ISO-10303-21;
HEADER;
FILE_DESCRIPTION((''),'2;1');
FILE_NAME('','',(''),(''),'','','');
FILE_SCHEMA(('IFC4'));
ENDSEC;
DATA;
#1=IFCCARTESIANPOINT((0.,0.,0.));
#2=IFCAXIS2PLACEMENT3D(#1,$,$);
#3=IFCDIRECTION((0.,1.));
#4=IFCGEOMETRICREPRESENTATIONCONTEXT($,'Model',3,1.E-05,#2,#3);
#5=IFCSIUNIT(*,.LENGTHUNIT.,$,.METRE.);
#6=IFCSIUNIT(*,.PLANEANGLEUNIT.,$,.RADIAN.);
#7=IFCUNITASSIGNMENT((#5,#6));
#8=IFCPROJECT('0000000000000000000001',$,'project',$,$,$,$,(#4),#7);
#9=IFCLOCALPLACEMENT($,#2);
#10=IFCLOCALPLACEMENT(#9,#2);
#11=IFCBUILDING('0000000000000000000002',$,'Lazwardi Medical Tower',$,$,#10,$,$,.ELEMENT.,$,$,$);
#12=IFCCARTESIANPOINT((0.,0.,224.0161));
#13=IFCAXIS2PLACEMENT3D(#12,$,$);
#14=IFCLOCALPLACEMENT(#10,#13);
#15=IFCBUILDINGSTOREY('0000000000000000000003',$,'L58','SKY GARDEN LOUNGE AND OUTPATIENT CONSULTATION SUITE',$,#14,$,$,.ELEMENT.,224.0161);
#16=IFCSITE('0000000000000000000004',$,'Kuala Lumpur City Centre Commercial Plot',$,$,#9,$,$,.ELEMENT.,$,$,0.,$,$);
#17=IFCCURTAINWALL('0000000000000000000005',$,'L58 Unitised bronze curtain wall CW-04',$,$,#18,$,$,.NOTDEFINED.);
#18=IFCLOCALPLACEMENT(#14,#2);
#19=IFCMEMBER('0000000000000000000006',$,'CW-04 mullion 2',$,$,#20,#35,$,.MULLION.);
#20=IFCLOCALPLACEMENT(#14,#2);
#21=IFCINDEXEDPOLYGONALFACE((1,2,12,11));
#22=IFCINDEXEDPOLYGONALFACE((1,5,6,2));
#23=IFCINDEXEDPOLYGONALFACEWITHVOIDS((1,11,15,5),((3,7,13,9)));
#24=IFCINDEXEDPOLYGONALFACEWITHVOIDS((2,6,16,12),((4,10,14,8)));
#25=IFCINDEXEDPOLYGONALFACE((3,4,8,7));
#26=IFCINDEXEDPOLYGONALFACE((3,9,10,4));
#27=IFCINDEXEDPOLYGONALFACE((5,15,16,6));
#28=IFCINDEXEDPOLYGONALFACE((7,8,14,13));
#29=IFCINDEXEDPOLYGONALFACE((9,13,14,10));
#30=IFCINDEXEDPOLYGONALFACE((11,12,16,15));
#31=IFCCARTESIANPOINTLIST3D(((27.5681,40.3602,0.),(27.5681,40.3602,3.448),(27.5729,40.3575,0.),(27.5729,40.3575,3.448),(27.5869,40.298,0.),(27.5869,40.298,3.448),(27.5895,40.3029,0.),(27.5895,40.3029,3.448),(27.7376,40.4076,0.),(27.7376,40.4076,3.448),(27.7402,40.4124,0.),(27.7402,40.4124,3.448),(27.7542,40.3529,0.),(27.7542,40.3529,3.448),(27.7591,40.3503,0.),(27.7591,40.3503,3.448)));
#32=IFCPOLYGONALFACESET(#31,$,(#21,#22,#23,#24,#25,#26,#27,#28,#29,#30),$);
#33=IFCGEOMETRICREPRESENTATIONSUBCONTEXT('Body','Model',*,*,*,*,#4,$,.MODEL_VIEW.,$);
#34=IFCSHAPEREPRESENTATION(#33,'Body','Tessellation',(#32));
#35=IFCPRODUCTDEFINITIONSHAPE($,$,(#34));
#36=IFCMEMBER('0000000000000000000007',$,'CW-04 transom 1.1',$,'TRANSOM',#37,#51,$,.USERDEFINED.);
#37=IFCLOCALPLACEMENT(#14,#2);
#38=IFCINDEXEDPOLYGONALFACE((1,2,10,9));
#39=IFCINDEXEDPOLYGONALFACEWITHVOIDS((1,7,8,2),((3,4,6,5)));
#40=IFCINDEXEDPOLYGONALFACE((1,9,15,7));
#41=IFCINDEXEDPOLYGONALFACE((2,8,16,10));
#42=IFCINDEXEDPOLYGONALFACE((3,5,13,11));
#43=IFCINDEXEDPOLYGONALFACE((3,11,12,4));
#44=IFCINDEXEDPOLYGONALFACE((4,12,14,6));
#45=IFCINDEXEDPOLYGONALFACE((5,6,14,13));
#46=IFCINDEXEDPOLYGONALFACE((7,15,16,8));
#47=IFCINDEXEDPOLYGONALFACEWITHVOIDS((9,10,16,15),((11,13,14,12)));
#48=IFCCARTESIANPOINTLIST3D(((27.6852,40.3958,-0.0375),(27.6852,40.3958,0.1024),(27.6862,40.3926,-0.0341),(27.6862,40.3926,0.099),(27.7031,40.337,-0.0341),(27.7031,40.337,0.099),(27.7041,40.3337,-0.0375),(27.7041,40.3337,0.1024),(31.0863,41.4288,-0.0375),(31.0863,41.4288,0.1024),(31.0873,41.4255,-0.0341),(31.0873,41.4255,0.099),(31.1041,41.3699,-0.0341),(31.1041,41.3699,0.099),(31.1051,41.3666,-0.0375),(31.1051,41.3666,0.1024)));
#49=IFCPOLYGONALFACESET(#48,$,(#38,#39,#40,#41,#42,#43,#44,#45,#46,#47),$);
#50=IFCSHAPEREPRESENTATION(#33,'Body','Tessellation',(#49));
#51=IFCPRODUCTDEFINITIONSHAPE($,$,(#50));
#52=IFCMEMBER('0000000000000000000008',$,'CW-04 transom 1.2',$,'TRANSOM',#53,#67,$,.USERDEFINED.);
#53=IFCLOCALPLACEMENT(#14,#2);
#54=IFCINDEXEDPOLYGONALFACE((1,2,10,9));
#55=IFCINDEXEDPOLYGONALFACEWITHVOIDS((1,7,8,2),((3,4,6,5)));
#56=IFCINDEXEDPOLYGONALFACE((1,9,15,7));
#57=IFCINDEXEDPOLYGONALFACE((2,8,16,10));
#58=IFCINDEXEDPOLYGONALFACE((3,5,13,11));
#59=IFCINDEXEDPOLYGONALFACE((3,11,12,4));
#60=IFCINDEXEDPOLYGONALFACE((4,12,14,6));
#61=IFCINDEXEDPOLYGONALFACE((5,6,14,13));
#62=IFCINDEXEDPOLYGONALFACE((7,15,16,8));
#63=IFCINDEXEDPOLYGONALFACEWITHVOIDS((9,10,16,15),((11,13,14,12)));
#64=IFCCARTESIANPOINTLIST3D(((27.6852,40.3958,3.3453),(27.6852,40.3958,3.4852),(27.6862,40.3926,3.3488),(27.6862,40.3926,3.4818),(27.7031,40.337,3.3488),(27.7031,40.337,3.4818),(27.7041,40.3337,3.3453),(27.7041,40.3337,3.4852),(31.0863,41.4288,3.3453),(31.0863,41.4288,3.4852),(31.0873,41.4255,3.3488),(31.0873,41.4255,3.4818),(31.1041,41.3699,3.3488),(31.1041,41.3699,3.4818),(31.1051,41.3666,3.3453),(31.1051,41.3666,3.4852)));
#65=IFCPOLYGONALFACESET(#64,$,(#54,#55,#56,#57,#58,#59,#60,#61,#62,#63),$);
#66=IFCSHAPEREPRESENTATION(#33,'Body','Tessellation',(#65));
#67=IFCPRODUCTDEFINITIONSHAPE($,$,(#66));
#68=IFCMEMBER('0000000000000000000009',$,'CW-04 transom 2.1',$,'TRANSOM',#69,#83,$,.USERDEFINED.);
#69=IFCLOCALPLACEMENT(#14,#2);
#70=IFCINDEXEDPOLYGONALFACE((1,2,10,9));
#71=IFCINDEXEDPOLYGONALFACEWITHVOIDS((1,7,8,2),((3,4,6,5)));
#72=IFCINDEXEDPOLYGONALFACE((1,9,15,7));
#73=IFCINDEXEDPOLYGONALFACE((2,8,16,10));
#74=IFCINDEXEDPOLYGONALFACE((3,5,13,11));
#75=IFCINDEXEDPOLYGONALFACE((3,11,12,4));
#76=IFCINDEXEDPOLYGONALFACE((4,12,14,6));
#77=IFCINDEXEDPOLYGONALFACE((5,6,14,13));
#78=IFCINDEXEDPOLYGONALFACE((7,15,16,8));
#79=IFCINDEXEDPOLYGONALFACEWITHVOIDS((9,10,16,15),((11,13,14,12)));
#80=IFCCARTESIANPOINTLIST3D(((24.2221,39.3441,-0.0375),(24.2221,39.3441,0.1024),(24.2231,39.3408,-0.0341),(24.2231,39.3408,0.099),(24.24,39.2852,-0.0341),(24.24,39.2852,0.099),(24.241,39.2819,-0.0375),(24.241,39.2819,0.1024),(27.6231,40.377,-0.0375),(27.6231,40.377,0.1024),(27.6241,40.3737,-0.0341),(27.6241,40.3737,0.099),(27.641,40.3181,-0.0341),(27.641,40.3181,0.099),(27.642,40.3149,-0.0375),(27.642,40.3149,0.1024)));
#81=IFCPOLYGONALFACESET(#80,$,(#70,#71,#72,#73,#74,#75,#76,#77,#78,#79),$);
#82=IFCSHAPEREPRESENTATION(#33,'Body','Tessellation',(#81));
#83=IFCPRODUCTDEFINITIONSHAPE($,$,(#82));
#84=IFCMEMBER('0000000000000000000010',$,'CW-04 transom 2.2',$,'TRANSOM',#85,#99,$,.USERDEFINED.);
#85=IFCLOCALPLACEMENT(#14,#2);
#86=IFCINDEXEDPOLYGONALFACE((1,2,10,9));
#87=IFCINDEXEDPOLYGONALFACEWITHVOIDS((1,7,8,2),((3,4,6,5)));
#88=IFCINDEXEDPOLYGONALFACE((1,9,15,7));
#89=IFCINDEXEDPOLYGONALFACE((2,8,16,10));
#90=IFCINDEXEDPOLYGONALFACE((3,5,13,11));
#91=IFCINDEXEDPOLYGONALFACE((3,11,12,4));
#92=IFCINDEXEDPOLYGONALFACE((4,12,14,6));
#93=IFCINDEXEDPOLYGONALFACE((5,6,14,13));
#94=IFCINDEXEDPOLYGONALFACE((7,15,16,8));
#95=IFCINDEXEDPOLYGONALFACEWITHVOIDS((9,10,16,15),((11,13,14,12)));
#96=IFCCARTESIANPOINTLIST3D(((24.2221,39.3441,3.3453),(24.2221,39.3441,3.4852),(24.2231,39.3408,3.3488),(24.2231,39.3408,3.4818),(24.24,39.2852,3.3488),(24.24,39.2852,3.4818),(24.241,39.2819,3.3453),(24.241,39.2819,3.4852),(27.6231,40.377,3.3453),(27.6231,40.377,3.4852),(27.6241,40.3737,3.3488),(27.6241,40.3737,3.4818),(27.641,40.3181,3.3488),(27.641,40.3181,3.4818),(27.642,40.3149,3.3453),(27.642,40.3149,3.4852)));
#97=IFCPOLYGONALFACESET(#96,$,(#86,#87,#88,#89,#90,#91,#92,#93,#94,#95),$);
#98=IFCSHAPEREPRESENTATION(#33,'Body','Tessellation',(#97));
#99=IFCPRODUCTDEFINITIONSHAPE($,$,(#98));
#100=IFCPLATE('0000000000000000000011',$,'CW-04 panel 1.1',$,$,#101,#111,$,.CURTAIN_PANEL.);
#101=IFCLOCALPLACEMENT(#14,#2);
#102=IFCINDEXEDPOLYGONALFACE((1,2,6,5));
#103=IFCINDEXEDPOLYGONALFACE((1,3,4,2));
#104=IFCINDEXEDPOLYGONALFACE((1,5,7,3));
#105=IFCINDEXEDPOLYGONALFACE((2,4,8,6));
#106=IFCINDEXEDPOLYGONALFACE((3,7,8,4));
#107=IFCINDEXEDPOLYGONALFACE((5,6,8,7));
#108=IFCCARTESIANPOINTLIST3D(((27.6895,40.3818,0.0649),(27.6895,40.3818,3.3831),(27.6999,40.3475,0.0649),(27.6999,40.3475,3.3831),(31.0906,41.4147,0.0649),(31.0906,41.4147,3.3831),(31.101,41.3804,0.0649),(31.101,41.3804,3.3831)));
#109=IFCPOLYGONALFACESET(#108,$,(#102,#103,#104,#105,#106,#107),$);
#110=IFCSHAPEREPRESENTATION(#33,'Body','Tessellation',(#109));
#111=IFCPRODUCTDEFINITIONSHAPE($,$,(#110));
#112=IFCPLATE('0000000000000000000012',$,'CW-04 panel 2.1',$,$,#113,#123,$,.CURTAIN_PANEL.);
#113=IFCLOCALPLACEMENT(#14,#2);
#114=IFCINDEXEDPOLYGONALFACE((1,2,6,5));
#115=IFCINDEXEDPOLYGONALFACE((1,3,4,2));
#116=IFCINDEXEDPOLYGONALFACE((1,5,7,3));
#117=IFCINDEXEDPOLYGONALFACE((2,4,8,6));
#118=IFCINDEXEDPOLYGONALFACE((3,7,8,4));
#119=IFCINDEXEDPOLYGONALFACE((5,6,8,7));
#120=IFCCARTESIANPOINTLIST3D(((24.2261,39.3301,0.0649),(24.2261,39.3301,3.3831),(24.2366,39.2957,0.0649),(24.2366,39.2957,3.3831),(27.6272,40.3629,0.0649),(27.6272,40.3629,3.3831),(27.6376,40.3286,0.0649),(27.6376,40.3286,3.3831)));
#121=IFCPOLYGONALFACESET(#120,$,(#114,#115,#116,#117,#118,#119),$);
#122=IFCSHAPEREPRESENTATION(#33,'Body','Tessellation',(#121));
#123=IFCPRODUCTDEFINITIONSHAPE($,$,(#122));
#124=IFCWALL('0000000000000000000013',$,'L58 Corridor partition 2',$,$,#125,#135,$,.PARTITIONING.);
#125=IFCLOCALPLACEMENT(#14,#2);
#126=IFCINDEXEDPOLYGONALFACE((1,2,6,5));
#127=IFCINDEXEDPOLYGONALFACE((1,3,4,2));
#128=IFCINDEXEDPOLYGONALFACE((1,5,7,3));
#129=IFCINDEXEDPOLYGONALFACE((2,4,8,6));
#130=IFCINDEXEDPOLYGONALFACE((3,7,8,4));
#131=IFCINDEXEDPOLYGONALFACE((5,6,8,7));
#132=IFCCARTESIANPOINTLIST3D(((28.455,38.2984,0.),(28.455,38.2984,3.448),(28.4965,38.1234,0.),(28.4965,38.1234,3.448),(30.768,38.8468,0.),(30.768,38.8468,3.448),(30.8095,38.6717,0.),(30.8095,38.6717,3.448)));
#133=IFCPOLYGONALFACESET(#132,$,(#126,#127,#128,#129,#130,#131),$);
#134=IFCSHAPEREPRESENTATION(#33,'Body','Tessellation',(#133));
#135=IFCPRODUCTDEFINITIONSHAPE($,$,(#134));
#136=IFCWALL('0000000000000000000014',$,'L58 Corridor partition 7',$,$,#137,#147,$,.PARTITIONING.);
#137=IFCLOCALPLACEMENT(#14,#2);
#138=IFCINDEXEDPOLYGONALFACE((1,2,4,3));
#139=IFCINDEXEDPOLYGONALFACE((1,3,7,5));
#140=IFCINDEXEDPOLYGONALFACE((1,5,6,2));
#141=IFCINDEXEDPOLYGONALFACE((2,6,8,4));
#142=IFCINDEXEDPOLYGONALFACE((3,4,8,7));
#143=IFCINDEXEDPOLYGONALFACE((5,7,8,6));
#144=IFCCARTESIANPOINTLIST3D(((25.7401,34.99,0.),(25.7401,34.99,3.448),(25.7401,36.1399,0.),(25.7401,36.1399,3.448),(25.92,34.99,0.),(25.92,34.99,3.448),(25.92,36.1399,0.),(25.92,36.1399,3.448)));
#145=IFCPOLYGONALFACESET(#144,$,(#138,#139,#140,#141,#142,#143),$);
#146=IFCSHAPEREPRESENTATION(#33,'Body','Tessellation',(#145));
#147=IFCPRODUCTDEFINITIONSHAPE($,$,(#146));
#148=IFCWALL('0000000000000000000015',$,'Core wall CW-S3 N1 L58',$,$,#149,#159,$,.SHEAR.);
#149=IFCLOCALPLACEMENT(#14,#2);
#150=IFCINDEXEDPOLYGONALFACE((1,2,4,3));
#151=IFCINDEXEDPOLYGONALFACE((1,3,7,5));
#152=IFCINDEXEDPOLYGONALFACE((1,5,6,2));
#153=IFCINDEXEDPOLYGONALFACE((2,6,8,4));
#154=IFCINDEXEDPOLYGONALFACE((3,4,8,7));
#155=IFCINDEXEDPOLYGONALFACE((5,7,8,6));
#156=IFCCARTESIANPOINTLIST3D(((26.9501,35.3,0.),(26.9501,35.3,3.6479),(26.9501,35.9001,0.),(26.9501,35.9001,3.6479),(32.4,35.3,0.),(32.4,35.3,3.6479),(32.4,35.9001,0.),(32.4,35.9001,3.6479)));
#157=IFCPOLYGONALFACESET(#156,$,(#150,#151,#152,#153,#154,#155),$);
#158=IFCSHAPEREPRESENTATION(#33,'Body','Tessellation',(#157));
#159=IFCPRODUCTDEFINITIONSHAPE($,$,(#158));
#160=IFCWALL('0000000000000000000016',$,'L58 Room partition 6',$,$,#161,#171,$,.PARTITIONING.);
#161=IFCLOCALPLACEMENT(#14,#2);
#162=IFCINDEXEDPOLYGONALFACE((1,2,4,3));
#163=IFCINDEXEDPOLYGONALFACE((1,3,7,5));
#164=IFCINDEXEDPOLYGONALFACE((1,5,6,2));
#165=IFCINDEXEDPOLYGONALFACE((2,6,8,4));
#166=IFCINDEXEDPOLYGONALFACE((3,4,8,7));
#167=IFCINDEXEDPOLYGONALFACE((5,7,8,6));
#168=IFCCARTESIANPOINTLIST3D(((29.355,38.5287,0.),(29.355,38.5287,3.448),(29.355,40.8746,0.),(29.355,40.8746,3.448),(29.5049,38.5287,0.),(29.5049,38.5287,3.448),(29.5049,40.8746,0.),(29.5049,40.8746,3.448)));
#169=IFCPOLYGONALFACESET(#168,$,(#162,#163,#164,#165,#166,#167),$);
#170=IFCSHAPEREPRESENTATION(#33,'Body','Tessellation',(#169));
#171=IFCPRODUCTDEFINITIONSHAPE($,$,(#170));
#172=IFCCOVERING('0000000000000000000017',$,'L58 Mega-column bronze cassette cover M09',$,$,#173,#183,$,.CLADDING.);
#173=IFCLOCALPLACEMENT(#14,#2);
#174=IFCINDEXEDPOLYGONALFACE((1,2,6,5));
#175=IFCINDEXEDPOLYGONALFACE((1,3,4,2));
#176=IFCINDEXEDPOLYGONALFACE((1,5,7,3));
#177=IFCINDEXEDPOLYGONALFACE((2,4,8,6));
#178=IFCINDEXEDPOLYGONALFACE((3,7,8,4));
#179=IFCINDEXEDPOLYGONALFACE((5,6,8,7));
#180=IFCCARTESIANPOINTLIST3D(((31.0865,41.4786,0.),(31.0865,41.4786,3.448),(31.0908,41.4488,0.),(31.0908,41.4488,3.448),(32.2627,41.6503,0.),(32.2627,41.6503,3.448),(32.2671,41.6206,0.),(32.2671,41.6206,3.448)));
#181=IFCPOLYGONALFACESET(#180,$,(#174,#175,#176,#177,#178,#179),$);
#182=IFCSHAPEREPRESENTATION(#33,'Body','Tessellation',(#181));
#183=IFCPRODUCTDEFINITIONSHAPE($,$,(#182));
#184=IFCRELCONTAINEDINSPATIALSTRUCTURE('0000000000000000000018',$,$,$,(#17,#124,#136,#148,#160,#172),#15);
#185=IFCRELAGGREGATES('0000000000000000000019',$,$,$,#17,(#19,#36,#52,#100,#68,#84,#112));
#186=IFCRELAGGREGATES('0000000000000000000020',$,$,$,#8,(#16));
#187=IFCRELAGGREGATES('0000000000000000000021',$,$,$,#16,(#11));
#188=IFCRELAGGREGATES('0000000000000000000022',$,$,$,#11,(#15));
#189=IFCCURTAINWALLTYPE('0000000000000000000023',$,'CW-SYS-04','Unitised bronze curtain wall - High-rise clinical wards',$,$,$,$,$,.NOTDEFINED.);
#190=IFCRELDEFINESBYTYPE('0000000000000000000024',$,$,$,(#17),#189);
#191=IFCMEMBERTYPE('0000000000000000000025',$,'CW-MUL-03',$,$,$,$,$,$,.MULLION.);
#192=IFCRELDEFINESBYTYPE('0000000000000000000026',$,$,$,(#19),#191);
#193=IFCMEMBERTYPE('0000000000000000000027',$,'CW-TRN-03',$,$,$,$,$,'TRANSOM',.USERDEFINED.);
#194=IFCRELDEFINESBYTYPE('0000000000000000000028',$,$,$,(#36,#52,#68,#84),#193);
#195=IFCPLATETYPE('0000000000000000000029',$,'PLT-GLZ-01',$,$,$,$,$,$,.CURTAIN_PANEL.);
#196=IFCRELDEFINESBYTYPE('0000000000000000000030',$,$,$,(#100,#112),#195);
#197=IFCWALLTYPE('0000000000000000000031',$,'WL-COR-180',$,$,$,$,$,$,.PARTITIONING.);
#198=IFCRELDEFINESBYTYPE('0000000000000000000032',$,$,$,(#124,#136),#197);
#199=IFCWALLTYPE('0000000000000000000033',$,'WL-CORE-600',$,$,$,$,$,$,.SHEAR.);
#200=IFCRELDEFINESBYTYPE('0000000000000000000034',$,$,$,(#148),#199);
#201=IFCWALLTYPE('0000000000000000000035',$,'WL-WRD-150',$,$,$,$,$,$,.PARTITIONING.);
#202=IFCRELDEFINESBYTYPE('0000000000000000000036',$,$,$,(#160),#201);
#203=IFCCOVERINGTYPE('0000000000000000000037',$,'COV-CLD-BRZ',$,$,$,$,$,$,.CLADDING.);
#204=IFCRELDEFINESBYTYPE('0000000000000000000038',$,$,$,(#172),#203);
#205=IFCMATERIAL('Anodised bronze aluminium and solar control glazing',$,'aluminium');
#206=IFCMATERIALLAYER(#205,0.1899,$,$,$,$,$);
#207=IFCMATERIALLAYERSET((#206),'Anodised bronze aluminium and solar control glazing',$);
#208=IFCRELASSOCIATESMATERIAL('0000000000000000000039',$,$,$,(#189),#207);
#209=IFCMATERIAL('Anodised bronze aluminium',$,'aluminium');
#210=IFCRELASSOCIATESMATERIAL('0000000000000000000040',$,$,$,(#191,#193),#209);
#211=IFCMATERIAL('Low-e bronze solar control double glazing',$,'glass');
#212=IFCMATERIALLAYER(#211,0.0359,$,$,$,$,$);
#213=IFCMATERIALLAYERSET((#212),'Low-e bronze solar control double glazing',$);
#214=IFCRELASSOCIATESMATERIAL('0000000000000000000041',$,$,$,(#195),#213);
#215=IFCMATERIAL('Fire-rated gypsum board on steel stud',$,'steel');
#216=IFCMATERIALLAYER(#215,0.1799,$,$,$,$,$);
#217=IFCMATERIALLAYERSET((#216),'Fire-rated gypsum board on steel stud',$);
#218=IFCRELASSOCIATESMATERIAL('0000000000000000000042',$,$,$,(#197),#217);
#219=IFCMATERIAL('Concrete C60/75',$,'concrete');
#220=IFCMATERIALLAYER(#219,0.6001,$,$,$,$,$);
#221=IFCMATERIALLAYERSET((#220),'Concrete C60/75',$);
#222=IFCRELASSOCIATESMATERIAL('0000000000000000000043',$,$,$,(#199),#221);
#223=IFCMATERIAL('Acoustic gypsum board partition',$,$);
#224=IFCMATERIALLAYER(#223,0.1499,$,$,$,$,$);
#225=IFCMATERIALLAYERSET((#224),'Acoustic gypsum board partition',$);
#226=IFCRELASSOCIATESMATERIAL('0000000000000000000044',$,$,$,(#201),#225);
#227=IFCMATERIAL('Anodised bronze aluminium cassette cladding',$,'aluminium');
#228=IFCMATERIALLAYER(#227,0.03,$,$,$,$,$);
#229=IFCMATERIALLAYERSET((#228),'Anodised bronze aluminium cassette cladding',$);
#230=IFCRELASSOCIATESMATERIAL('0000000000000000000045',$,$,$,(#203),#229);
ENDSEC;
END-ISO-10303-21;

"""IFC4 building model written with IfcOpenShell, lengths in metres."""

from ifc_helpers import new_model, si_unit, direction, frame, frame_2d, origin, origin_2d, place, context, subcontext, project, spatial, rectangle, hollow_rectangle, extrude, material, layer, layer_set, material_profile, profile_set, type_object, element, aggregate, save


model = new_model("IFC4")

# Units and contexts
model_context = context("Model", 3, precision=1e-05, world=origin(), true_north=direction((0.0, 1.0)))
body_context = subcontext(model_context, "Body", "Model", "MODEL_VIEW")
ifc_project = project(units=[si_unit("LENGTHUNIT", "METRE"), si_unit("PLANEANGLEUNIT", "RADIAN")], contexts=[model_context])

# Site, building, storey
site_placement = place(None, origin())
site = spatial("IfcSite", under=ifc_project, at=site_placement, Name="Kuala Lumpur City Centre Commercial Plot", CompositionType="ELEMENT", RefElevation=0.0)
building_placement = place(site_placement, origin())
building = spatial("IfcBuilding", under=site, at=building_placement, Name="Lazwardi Medical Tower", CompositionType="ELEMENT")
storey_placement = place(building_placement, frame((0.0, 0.0, 224.0161)))
storey = spatial("IfcBuildingStorey", under=building, at=storey_placement, Name="L58", Description="SKY GARDEN LOUNGE AND OUTPATIENT CONSULTATION SUITE", CompositionType="ELEMENT", Elevation=224.0161)

# Shared definitions
ifc_material_1 = material(Name="Concrete C60/75", Category="concrete")

# Curtain wall, members, plates
ifc_material_2 = material(Name="Anodised bronze aluminium and solar control glazing", Category="aluminium")
ifc_layer_1 = layer(ifc_material_2, 0.1899)
ifc_layer_set_1 = layer_set([ifc_layer_1], Name="Anodised bronze aluminium and solar control glazing")
curtain_wall_type = type_object("IfcCurtainWallType", Name="CW-SYS-04", Description="Unitised bronze curtain wall - High-rise clinical wards", PredefinedType="NOTDEFINED", material=ifc_layer_set_1)
curtain_wall_placement = place(storey_placement, origin())
curtain_wall = element("IfcCurtainWall", 1, at=curtain_wall_placement, inside=storey, type_object=curtain_wall_type, Name="L58 Unitised bronze curtain wall CW-04", PredefinedType="NOTDEFINED")
ifc_material_3 = material(Name="Anodised bronze aluminium", Category="aluminium")
ifc_material_profile_1 = material_profile(ifc_material_3, hollow_rectangle(XDim=0.0649, YDim=0.1799, WallThickness=0.0039, at=origin_2d()), Name="ALU-MULLION 180x65x4")
ifc_profile_set_1 = profile_set([ifc_material_profile_1], Name="Anodised bronze aluminium")
member_type_1 = type_object("IfcMemberType", Name="CW-MUL-03", PredefinedType="MULLION", material=ifc_profile_set_1)
member_1_placement = place(storey_placement, frame((27.6636, 40.3552, 0.0), z_axis=(0.0, 0.0, 1.0), x_axis=(0.290582, -0.95685, 0.0)))
member_1 = element("IfcMember", 2, at=member_1_placement, type_object=member_type_1, Name="CW-04 mullion 2", PredefinedType="MULLION", context=body_context, shape_type="SweptSolid", body=[
    extrude(hollow_rectangle(XDim=0.0649, YDim=0.1799, WallThickness=0.0039, at=origin_2d()), origin(), (0.0, 0.0, 1.0), 3.448),
])
ifc_material_profile_2 = material_profile(ifc_material_3, hollow_rectangle(XDim=0.0649, YDim=0.1399, WallThickness=0.0034, at=origin_2d()), Name="ALU-TRANSOM 140x65x3.5")
ifc_profile_set_2 = profile_set([ifc_material_profile_2], Name="Anodised bronze aluminium")
member_type_2 = type_object("IfcMemberType", Name="CW-TRN-03", ElementType="TRANSOM", PredefinedType="USERDEFINED", material=ifc_profile_set_2)
member_2_placement = place(storey_placement, frame((31.0957, 41.3977, 0.0325), z_axis=(-0.956843, -0.290604, 0.0), x_axis=(0.290604, -0.956843, 0.0)))
member_2 = element("IfcMember", 3, at=member_2_placement, type_object=member_type_2, Name="CW-04 transom 1.1", ObjectType="TRANSOM", PredefinedType="USERDEFINED", context=body_context, shape_type="SweptSolid", body=[
    extrude(hollow_rectangle(XDim=0.0649, YDim=0.1399, WallThickness=0.0034, at=origin_2d()), origin(), (0.0, 0.0, 1.0), 3.5544),
])
member_3_placement = place(storey_placement, frame((31.0957, 41.3977, 3.4153), z_axis=(-0.956843, -0.290604, 0.0), x_axis=(0.290604, -0.956843, 0.0)))
member_3 = element("IfcMember", 4, at=member_3_placement, type_object=member_type_2, Name="CW-04 transom 1.2", ObjectType="TRANSOM", PredefinedType="USERDEFINED", context=body_context, shape_type="SweptSolid", body=[
    extrude(hollow_rectangle(XDim=0.0649, YDim=0.1399, WallThickness=0.0034, at=origin_2d()), origin(), (0.0, 0.0, 1.0), 3.5544),
])
member_4_placement = place(storey_placement, frame((27.6326, 40.3459, 0.0325), z_axis=(-0.956843, -0.290604, 0.0), x_axis=(0.290604, -0.956843, 0.0)))
member_4 = element("IfcMember", 5, at=member_4_placement, type_object=member_type_2, Name="CW-04 transom 2.1", ObjectType="TRANSOM", PredefinedType="USERDEFINED", context=body_context, shape_type="SweptSolid", body=[
    extrude(hollow_rectangle(XDim=0.0649, YDim=0.1399, WallThickness=0.0034, at=origin_2d()), origin(), (0.0, 0.0, 1.0), 3.5544),
])
member_5_placement = place(storey_placement, frame((27.6326, 40.3459, 3.4153), z_axis=(-0.956843, -0.290604, 0.0), x_axis=(0.290604, -0.956843, 0.0)))
member_5 = element("IfcMember", 6, at=member_5_placement, type_object=member_type_2, Name="CW-04 transom 2.2", ObjectType="TRANSOM", PredefinedType="USERDEFINED", context=body_context, shape_type="SweptSolid", body=[
    extrude(hollow_rectangle(XDim=0.0649, YDim=0.1399, WallThickness=0.0034, at=origin_2d()), origin(), (0.0, 0.0, 1.0), 3.5544),
])
ifc_material_4 = material(Name="Low-e bronze solar control double glazing", Category="glass")
ifc_layer_2 = layer(ifc_material_4, 0.0359)
ifc_layer_set_2 = layer_set([ifc_layer_2], Name="Low-e bronze solar control double glazing")
plate_type = type_object("IfcPlateType", Name="PLT-GLZ-01", PredefinedType="CURTAIN_PANEL", material=ifc_layer_set_2)
plate_1_placement = place(storey_placement, frame((29.3953, 40.8811, 0.0649), z_axis=(0.0, 0.0, 1.0), x_axis=(-0.95685, -0.290582, 0.0)))
plate_1 = element("IfcPlate", 7, at=plate_1_placement, type_object=plate_type, Name="CW-04 panel 1.1", PredefinedType="CURTAIN_PANEL", context=body_context, shape_type="SweptSolid", body=[
    extrude(rectangle(XDim=3.5544, YDim=0.0359, at=origin_2d()), origin(), (0.0, 0.0, 1.0), 3.3181),
])
plate_2_placement = place(storey_placement, frame((25.9319, 39.8293, 0.0649), z_axis=(0.0, 0.0, 1.0), x_axis=(-0.95685, -0.290582, 0.0)))
plate_2 = element("IfcPlate", 8, at=plate_2_placement, type_object=plate_type, Name="CW-04 panel 2.1", PredefinedType="CURTAIN_PANEL", context=body_context, shape_type="SweptSolid", body=[
    extrude(rectangle(XDim=3.5544, YDim=0.0359, at=origin_2d()), origin(), (0.0, 0.0, 1.0), 3.3181),
])
aggregate(curtain_wall, [member_1, member_2, member_3, plate_1, member_4, member_5, plate_2])

# Wall
ifc_material_5 = material(Name="Fire-rated gypsum board on steel stud", Category="steel")
ifc_layer_3 = layer(ifc_material_5, 0.1799)
ifc_layer_set_3 = layer_set([ifc_layer_3], Name="Fire-rated gypsum board on steel stud")
wall_type_1 = type_object("IfcWallType", Name="WL-COR-180", PredefinedType="PARTITIONING", material=ifc_layer_set_3)
wall_1_placement = place(storey_placement, frame((28.4758, 38.2109, 0.0), z_axis=(0.0, 0.0, 1.0), x_axis=(0.973031, 0.230676, 0.0)))
element("IfcWall", 9, at=wall_1_placement, inside=storey, type_object=wall_type_1, Name="L58 Corridor partition 2", PredefinedType="PARTITIONING", context=body_context, shape_type="SweptSolid", body=[
    extrude(rectangle(XDim=2.3772, YDim=0.1799, at=frame_2d((1.1885, 0.0))), origin(), (0.0, 0.0, 1.0), 3.448),
])

# Walls
wall_2_placement = place(storey_placement, frame((25.8301, 36.1399, 0.0), z_axis=(0.0, 0.0, 1.0), x_axis=(0.0, -1.0, 0.0)))
element("IfcWall", 10, at=wall_2_placement, inside=storey, type_object=wall_type_1, Name="L58 Corridor partition 7", PredefinedType="PARTITIONING", context=body_context, shape_type="SweptSolid", body=[
    extrude(rectangle(XDim=1.1499, YDim=0.1799, at=frame_2d((0.575, 0.0))), origin(), (0.0, 0.0, 1.0), 3.448),
])
ifc_layer_4 = layer(ifc_material_1, 0.6001)
ifc_layer_set_4 = layer_set([ifc_layer_4], Name="Concrete C60/75")
wall_type_2 = type_object("IfcWallType", Name="WL-CORE-600", PredefinedType="SHEAR", material=ifc_layer_set_4)
wall_3_placement = place(storey_placement, frame((26.95, 35.6001, 0.0), z_axis=(0.0, 0.0, 1.0), x_axis=(1.0, 0.0, 0.0)))
element("IfcWall", 11, at=wall_3_placement, inside=storey, type_object=wall_type_2, Name="Core wall CW-S3 N1 L58", PredefinedType="SHEAR", context=body_context, shape_type="SweptSolid", body=[
    extrude(rectangle(XDim=5.45, YDim=0.6001, at=frame_2d((2.7251, 0.0))), origin(), (0.0, 0.0, 1.0), 3.6479),
])
ifc_material_6 = material(Name="Acoustic gypsum board partition")
ifc_layer_5 = layer(ifc_material_6, 0.1499)
ifc_layer_set_5 = layer_set([ifc_layer_5], Name="Acoustic gypsum board partition")
wall_type_3 = type_object("IfcWallType", Name="WL-WRD-150", PredefinedType="PARTITIONING", material=ifc_layer_set_5)
wall_4_placement = place(storey_placement, frame((29.4299, 38.5288, 0.0), z_axis=(0.0, 0.0, 1.0), x_axis=(0.0, 1.0, 0.0)))
element("IfcWall", 12, at=wall_4_placement, inside=storey, type_object=wall_type_3, Name="L58 Room partition 6", PredefinedType="PARTITIONING", context=body_context, shape_type="SweptSolid", body=[
    extrude(rectangle(XDim=2.3459, YDim=0.1499, at=frame_2d((1.1729, 0.0))), origin(), (0.0, 0.0, 1.0), 3.448),
])

# Covering
ifc_material_7 = material(Name="Anodised bronze aluminium cassette cladding", Category="aluminium")
ifc_layer_6 = layer(ifc_material_7, 0.03)
ifc_layer_set_6 = layer_set([ifc_layer_6], Name="Anodised bronze aluminium cassette cladding")
covering_type = type_object("IfcCoveringType", Name="COV-CLD-BRZ", PredefinedType="CLADDING", material=ifc_layer_set_6)
covering_placement = place(storey_placement, frame((31.6768, 41.5496, 0.0), z_axis=(0.0, 0.0, 1.0), x_axis=(-0.989512, -0.144448, 0.0)))
element("IfcCovering", 13, at=covering_placement, inside=storey, type_object=covering_type, Name="L58 Mega-column bronze cassette cover M09", PredefinedType="CLADDING", context=body_context, shape_type="SweptSolid", body=[
    extrude(rectangle(XDim=1.1887, YDim=0.03, at=origin_2d()), origin(), (0.0, 0.0, 1.0), 3.448),
])

save(model, "model.ifc")
